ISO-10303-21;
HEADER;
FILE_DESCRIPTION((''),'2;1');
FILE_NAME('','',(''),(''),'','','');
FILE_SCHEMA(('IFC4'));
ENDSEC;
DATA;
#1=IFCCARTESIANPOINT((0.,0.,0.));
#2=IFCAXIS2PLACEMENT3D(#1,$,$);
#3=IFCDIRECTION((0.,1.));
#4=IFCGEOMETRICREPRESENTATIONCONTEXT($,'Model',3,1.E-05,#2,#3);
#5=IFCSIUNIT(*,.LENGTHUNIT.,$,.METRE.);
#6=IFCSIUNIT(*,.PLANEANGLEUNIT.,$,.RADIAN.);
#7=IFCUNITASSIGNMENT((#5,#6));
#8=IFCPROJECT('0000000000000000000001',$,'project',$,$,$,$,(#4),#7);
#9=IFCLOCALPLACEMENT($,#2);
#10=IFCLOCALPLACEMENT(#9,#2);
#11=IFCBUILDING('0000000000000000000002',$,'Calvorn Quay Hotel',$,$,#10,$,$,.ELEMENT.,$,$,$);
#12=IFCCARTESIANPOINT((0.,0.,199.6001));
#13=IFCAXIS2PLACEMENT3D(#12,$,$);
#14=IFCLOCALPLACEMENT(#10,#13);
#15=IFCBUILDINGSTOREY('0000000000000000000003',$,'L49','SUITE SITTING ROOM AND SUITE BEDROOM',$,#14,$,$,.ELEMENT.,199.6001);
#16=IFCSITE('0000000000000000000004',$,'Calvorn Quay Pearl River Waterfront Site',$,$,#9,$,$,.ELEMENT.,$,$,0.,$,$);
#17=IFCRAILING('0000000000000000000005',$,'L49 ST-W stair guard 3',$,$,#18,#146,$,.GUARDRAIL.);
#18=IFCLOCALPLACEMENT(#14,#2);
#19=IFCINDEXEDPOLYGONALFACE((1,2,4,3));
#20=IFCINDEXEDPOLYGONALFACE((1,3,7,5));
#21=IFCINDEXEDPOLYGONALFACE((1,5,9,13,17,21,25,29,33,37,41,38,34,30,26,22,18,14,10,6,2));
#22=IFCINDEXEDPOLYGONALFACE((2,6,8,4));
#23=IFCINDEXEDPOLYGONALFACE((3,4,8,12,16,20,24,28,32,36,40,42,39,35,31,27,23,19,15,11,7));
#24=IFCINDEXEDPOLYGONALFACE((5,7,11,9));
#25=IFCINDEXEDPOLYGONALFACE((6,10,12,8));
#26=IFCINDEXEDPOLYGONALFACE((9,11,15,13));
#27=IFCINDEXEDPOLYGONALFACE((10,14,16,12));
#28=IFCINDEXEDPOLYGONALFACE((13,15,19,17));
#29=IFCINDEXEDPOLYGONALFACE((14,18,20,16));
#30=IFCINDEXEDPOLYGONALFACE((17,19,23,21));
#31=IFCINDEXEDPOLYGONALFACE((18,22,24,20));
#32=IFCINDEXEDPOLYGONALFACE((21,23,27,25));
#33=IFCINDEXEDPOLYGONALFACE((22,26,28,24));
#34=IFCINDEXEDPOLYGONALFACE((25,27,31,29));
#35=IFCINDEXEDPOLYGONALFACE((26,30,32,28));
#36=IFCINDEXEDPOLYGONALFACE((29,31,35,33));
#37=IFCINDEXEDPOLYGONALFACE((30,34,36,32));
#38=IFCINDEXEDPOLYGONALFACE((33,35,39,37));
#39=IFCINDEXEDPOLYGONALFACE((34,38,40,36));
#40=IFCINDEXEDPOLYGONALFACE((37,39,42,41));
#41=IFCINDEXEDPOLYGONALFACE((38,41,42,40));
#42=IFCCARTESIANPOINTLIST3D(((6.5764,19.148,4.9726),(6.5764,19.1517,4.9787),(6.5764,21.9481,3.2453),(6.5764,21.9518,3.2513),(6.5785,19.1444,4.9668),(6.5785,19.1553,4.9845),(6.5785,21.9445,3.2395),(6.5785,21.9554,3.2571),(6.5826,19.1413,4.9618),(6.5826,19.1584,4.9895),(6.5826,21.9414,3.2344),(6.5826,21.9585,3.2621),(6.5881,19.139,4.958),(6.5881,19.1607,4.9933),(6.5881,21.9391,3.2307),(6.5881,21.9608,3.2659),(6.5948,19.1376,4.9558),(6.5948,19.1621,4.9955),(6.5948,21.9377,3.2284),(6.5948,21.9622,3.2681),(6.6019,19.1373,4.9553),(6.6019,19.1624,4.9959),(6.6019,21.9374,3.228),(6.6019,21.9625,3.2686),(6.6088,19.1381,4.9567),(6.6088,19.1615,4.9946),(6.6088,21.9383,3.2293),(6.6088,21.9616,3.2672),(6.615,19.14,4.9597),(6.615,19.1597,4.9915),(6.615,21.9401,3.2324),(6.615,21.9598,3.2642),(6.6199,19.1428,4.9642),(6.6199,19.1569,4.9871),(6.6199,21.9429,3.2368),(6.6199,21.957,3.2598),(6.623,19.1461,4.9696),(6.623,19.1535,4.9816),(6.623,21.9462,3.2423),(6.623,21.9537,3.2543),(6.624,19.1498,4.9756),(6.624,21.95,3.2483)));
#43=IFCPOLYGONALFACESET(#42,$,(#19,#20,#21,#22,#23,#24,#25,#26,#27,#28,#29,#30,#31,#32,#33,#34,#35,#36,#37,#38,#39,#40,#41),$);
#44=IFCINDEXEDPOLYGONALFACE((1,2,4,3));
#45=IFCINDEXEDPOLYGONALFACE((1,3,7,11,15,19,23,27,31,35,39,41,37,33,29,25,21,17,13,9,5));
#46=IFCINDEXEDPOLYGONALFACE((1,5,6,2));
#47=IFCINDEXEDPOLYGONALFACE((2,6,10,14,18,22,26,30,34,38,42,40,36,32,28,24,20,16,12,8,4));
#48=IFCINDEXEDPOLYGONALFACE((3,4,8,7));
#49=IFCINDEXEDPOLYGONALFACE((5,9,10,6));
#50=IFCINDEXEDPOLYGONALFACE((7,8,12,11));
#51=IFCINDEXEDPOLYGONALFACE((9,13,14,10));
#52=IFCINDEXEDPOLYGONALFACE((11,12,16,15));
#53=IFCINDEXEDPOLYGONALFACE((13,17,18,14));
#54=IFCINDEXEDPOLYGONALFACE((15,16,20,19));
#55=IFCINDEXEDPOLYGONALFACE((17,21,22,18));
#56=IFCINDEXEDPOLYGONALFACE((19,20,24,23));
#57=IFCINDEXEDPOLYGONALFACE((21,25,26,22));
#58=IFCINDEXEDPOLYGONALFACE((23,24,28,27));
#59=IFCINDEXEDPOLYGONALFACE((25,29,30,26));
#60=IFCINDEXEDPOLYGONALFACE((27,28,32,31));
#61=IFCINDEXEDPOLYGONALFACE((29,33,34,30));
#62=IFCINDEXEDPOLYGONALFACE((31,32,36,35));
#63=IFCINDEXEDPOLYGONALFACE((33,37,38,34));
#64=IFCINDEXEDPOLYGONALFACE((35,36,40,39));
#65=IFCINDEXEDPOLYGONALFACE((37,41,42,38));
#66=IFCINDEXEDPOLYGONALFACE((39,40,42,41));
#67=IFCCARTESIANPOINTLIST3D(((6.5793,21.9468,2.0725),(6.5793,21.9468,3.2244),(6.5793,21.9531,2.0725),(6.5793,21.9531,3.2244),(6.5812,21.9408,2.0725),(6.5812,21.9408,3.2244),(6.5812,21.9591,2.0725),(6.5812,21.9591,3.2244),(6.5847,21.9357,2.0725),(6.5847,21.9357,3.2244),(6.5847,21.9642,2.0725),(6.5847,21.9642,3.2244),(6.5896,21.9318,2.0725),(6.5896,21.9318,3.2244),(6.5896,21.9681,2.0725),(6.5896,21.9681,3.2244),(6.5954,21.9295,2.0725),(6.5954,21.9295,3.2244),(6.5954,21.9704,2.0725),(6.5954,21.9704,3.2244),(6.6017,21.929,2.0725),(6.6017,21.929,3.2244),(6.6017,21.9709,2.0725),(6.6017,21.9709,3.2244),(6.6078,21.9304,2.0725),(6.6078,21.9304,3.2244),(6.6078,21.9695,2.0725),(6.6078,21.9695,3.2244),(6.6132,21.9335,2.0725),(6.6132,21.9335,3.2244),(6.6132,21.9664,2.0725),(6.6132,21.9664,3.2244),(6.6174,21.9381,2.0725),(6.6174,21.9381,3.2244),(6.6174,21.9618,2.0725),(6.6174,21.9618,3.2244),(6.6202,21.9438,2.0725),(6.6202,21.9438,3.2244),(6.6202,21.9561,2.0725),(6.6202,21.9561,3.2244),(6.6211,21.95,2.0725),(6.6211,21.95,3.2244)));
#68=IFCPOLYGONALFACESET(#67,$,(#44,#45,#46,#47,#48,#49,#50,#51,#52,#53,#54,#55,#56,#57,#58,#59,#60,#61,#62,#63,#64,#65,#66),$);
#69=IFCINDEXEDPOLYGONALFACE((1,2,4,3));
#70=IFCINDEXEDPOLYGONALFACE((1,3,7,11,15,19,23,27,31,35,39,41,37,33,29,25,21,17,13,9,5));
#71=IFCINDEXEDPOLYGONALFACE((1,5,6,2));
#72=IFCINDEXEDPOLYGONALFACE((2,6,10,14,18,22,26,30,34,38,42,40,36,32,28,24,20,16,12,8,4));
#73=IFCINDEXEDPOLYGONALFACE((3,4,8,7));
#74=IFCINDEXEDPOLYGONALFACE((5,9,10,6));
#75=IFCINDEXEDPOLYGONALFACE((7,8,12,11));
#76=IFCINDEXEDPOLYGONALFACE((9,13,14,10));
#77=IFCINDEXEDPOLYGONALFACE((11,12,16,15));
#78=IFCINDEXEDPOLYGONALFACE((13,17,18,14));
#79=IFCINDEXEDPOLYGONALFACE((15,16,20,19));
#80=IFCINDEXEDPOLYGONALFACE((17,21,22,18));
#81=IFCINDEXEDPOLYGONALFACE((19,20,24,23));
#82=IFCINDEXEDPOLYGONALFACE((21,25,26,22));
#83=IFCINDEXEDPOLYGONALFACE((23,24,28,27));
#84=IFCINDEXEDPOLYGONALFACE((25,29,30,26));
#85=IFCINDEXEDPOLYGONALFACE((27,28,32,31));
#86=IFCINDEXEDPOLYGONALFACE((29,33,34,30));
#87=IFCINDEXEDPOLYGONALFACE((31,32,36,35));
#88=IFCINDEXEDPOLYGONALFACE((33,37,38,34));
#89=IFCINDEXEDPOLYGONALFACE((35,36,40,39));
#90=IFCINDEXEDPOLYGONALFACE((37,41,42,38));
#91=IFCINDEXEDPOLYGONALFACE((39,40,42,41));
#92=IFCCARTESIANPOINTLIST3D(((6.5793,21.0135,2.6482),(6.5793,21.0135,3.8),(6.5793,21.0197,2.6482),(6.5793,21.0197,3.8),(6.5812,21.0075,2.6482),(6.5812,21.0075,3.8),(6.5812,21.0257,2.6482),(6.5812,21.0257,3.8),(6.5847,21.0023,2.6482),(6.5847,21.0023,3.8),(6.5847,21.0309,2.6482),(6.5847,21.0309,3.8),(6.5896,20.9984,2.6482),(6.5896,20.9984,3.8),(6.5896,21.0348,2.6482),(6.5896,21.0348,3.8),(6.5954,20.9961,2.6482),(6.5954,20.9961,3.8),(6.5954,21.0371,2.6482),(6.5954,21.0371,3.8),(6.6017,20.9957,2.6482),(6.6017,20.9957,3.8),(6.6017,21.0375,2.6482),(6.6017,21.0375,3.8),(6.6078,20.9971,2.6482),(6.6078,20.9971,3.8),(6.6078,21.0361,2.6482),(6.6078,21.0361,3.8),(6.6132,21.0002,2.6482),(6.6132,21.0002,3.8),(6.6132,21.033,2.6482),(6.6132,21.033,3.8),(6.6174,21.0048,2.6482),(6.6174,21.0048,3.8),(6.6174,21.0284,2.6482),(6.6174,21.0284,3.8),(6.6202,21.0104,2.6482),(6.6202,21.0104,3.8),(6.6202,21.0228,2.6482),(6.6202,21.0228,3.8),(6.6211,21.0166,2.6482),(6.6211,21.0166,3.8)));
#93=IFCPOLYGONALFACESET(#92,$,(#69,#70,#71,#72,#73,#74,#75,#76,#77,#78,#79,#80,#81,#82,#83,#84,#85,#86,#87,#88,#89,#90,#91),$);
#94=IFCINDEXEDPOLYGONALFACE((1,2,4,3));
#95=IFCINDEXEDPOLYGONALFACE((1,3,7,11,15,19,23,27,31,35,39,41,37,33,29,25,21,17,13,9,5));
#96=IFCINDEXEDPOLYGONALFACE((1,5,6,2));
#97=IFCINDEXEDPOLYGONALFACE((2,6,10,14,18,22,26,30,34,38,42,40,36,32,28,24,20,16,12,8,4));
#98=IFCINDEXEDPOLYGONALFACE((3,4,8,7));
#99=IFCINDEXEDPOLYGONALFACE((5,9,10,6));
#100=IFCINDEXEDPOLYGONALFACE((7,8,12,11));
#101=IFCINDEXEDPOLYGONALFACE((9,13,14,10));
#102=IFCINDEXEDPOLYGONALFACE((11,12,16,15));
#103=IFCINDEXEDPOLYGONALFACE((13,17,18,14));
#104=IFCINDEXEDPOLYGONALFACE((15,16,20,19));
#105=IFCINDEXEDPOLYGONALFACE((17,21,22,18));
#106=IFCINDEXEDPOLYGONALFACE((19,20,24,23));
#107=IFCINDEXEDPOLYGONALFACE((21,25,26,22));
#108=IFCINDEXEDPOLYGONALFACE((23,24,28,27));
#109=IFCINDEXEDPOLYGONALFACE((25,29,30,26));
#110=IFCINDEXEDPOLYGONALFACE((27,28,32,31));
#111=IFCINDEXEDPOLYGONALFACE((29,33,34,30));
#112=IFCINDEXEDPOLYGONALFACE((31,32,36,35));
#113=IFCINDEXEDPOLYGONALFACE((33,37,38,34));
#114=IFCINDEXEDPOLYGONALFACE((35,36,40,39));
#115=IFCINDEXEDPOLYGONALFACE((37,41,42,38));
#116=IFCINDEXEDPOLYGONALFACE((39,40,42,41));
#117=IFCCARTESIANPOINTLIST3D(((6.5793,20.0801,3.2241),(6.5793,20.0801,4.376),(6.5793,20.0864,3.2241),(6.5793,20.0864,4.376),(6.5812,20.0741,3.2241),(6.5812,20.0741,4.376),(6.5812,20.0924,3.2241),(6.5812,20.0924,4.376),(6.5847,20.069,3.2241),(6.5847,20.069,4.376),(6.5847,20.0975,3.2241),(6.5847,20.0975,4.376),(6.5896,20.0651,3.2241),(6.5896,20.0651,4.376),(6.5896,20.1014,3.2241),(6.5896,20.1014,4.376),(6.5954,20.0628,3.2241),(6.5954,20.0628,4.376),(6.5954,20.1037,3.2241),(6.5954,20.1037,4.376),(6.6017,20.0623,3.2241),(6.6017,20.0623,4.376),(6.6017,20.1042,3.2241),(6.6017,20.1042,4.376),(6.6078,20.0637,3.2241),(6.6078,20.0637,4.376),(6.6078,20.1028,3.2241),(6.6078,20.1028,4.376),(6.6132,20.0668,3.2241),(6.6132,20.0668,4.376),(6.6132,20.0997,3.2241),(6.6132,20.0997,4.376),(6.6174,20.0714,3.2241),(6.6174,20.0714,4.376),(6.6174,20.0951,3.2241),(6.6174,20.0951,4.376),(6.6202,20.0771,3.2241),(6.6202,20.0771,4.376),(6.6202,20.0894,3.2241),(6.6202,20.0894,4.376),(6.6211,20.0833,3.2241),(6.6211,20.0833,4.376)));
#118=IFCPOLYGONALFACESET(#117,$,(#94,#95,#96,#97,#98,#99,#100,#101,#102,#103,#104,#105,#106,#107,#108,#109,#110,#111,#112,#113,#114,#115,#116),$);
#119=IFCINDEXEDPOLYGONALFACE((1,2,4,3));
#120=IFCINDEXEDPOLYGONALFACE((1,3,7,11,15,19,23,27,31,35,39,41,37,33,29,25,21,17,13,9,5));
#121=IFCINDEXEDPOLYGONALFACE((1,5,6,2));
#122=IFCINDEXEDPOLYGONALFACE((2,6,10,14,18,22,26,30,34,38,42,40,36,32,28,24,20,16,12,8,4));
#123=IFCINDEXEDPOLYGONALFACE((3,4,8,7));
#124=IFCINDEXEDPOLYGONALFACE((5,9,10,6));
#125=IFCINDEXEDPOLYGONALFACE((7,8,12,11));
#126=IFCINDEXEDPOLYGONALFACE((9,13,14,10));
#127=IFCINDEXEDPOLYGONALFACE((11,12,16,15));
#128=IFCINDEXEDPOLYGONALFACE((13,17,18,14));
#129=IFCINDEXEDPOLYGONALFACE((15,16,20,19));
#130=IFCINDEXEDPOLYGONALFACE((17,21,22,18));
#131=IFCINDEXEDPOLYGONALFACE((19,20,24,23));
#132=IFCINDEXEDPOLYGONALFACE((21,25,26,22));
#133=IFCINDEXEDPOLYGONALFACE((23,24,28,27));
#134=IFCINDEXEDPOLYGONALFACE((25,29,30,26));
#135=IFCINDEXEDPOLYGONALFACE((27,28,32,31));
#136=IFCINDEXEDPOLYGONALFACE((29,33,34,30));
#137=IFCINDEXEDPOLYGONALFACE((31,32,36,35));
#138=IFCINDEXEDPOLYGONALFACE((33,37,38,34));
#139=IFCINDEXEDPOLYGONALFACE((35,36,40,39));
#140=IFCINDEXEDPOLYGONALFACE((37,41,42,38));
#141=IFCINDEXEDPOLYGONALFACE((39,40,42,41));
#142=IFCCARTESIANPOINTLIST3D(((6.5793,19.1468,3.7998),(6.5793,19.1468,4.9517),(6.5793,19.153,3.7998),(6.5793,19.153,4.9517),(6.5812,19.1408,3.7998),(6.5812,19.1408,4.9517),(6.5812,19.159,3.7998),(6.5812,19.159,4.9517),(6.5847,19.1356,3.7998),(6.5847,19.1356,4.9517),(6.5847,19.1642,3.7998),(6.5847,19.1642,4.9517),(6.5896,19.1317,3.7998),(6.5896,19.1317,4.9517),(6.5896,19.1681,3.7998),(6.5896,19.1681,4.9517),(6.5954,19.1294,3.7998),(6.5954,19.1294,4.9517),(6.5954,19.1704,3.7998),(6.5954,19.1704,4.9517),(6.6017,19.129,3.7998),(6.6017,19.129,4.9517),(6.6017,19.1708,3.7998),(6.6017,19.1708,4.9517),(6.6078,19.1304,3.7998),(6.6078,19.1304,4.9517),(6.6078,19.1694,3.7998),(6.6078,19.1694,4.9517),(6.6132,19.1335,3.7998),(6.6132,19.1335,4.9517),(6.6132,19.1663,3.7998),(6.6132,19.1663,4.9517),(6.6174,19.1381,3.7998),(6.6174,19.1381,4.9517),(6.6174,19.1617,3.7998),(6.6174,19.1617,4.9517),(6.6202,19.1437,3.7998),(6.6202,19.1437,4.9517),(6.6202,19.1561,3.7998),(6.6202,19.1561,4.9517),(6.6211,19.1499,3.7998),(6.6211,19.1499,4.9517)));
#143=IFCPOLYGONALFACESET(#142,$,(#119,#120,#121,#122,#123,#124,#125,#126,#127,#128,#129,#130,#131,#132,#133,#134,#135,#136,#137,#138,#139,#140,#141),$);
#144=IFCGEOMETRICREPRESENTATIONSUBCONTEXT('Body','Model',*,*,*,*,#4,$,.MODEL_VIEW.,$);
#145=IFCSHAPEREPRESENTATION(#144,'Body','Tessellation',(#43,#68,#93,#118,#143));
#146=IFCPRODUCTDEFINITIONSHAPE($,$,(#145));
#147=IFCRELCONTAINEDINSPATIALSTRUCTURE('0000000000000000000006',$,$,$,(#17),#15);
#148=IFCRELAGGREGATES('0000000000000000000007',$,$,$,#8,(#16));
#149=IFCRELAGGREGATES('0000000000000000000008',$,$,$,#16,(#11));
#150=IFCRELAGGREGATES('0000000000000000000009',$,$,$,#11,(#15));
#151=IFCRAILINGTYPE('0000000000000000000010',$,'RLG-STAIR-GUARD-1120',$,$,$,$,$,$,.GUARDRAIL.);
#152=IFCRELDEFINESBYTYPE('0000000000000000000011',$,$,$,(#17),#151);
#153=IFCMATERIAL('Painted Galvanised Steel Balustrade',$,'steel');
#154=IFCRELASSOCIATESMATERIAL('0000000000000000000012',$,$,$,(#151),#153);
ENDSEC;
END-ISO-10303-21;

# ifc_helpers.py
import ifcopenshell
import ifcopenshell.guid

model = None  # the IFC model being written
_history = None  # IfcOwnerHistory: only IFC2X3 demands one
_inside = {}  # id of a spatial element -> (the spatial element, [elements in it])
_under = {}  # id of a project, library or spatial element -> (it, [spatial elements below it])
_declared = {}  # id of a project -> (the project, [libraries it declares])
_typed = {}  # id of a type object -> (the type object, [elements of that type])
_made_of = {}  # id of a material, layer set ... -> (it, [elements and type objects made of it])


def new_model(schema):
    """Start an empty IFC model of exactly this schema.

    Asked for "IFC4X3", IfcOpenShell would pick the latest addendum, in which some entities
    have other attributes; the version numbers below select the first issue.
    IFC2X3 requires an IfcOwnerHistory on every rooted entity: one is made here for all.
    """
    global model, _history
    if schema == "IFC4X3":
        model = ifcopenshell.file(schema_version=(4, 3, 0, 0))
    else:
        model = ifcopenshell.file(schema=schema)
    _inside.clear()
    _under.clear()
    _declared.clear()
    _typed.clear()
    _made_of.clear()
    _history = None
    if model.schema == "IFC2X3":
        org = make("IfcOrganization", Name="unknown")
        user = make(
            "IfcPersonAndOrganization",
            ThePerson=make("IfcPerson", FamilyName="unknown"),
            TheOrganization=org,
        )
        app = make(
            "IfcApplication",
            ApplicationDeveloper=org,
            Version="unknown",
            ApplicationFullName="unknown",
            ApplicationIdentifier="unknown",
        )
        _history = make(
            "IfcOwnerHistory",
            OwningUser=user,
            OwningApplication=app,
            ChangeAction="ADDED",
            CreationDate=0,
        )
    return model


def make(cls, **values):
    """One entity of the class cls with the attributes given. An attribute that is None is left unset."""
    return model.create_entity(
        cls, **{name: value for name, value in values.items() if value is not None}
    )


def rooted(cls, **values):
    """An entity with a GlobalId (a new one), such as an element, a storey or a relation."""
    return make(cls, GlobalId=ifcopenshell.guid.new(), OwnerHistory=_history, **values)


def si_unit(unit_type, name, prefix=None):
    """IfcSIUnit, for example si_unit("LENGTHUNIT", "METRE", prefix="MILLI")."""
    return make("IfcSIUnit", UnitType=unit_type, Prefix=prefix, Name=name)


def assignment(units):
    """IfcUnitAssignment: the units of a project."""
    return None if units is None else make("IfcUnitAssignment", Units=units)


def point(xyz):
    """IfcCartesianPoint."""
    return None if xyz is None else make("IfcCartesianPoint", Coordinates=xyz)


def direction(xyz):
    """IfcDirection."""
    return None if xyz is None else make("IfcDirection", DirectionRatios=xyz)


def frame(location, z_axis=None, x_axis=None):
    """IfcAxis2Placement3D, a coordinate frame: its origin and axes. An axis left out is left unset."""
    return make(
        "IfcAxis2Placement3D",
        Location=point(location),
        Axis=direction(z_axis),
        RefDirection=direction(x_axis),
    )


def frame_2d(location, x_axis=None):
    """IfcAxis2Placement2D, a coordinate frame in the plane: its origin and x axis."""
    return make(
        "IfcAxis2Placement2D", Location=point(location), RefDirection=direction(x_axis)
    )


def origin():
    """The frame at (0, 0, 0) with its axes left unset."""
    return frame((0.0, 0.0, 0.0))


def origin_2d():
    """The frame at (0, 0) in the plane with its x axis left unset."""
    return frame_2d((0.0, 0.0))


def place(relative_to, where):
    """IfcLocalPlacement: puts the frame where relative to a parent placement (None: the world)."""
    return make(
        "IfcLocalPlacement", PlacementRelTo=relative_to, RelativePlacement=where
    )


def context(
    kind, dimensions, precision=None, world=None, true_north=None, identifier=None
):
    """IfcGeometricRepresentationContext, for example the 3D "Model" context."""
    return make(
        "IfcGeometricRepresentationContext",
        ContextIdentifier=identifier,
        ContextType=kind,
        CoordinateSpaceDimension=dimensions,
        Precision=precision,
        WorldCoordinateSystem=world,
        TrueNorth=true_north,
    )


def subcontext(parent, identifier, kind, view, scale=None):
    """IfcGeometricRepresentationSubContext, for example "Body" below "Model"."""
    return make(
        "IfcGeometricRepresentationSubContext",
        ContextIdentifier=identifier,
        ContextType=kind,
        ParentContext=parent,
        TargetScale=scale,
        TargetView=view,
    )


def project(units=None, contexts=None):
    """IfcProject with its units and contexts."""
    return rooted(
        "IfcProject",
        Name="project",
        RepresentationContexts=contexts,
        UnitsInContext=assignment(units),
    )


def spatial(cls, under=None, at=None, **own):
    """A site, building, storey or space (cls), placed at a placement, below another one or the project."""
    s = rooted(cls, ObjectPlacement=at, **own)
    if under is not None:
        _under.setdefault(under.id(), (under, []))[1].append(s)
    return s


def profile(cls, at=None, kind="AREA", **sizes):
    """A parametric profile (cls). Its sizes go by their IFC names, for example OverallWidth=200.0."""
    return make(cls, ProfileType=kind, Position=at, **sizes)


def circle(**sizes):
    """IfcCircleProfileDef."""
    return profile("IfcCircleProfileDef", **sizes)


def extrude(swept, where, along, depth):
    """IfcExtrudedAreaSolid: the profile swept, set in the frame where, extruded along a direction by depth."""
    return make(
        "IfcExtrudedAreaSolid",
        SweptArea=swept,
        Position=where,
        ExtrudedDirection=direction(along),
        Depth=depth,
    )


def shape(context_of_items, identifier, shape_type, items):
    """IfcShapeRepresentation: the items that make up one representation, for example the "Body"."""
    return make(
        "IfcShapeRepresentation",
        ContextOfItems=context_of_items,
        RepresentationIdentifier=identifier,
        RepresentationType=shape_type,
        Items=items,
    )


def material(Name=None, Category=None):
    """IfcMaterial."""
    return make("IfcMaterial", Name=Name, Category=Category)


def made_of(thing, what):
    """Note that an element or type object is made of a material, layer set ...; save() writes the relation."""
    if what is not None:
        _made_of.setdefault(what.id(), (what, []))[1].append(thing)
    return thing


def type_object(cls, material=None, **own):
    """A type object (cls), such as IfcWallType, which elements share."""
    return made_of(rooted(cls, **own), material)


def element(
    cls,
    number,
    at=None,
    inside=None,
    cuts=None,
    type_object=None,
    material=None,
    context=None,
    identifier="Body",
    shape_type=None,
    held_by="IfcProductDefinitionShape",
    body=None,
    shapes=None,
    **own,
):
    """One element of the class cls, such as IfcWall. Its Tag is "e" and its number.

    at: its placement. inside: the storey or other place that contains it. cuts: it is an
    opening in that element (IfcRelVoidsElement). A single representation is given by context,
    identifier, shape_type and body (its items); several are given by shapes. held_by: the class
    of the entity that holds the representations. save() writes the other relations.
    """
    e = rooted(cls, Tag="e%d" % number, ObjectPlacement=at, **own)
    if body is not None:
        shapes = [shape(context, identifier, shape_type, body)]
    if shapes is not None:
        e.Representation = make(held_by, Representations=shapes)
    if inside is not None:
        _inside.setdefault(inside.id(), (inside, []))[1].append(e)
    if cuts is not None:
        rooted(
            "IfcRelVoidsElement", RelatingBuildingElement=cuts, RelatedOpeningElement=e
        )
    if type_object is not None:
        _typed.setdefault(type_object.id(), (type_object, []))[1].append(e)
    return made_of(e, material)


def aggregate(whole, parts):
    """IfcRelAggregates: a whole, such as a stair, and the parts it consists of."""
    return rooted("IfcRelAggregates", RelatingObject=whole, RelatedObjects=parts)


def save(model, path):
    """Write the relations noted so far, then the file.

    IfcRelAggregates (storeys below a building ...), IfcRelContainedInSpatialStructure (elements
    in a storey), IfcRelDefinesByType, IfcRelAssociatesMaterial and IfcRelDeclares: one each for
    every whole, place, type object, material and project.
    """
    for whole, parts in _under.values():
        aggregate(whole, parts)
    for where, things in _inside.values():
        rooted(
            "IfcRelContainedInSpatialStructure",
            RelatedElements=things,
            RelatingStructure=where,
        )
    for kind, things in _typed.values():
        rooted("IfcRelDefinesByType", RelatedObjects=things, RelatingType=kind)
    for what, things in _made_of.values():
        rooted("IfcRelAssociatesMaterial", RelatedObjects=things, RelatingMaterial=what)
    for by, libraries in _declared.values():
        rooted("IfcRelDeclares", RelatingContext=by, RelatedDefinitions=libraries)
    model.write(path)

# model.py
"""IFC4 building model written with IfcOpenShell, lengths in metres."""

from ifc_helpers import new_model, si_unit, direction, frame, origin, origin_2d, place, context, subcontext, project, spatial, circle, extrude, material, type_object, element, save


model = new_model("IFC4")

# Units and contexts
model_context = context("Model", 3, precision=1e-05, world=origin(), true_north=direction((0.0, 1.0)))
body_context = subcontext(model_context, "Body", "Model", "MODEL_VIEW")
ifc_project = project(units=[si_unit("LENGTHUNIT", "METRE"), si_unit("PLANEANGLEUNIT", "RADIAN")], contexts=[model_context])

# Site, building, storey
site_placement = place(None, origin())
site = spatial("IfcSite", under=ifc_project, at=site_placement, Name="Calvorn Quay Pearl River Waterfront Site", CompositionType="ELEMENT", RefElevation=0.0)
building_placement = place(site_placement, origin())
building = spatial("IfcBuilding", under=site, at=building_placement, Name="Calvorn Quay Hotel", CompositionType="ELEMENT")
storey_placement = place(building_placement, frame((0.0, 0.0, 199.6001)))
storey = spatial("IfcBuildingStorey", under=building, at=storey_placement, Name="L49", Description="SUITE SITTING ROOM AND SUITE BEDROOM", CompositionType="ELEMENT", Elevation=199.6001)

# Railing
ifc_material_1 = material(Name="Painted Galvanised Steel Balustrade", Category="steel")
railing_type_1 = type_object("IfcRailingType", Name="RLG-STAIR-GUARD-1120", PredefinedType="GUARDRAIL", material=ifc_material_1)
railing_1_placement = place(storey_placement, frame((6.6001, 21.95, 2.0725)))
element("IfcRailing", 1, at=railing_1_placement, inside=storey, type_object=railing_type_1, Name="L49 ST-W stair guard 3", PredefinedType="GUARDRAIL", context=body_context, shape_type="SweptSolid", body=[
    extrude(circle(Radius=0.0239, at=origin_2d()), frame((0.0, 0.0, 1.1758), z_axis=(0.0, -0.85109, 0.52502), x_axis=(1.0, 0.0, 0.0)), (0.0, 0.0, 1.0), 3.29),
    extrude(circle(Radius=0.021, at=origin_2d()), origin(), (0.0, 0.0, 1.0), 1.1519),
    extrude(circle(Radius=0.021, at=origin_2d()), frame((0.0, -0.9333, 0.5757)), (0.0, 0.0, 1.0), 1.1519),
    extrude(circle(Radius=0.021, at=origin_2d()), frame((0.0, -1.8667, 1.1516)), (0.0, 0.0, 1.0), 1.1519),
    extrude(circle(Radius=0.021, at=origin_2d()), frame((0.0, -2.8, 1.7273)), (0.0, 0.0, 1.0), 1.1519),
])

save(model, "model.ifc")
